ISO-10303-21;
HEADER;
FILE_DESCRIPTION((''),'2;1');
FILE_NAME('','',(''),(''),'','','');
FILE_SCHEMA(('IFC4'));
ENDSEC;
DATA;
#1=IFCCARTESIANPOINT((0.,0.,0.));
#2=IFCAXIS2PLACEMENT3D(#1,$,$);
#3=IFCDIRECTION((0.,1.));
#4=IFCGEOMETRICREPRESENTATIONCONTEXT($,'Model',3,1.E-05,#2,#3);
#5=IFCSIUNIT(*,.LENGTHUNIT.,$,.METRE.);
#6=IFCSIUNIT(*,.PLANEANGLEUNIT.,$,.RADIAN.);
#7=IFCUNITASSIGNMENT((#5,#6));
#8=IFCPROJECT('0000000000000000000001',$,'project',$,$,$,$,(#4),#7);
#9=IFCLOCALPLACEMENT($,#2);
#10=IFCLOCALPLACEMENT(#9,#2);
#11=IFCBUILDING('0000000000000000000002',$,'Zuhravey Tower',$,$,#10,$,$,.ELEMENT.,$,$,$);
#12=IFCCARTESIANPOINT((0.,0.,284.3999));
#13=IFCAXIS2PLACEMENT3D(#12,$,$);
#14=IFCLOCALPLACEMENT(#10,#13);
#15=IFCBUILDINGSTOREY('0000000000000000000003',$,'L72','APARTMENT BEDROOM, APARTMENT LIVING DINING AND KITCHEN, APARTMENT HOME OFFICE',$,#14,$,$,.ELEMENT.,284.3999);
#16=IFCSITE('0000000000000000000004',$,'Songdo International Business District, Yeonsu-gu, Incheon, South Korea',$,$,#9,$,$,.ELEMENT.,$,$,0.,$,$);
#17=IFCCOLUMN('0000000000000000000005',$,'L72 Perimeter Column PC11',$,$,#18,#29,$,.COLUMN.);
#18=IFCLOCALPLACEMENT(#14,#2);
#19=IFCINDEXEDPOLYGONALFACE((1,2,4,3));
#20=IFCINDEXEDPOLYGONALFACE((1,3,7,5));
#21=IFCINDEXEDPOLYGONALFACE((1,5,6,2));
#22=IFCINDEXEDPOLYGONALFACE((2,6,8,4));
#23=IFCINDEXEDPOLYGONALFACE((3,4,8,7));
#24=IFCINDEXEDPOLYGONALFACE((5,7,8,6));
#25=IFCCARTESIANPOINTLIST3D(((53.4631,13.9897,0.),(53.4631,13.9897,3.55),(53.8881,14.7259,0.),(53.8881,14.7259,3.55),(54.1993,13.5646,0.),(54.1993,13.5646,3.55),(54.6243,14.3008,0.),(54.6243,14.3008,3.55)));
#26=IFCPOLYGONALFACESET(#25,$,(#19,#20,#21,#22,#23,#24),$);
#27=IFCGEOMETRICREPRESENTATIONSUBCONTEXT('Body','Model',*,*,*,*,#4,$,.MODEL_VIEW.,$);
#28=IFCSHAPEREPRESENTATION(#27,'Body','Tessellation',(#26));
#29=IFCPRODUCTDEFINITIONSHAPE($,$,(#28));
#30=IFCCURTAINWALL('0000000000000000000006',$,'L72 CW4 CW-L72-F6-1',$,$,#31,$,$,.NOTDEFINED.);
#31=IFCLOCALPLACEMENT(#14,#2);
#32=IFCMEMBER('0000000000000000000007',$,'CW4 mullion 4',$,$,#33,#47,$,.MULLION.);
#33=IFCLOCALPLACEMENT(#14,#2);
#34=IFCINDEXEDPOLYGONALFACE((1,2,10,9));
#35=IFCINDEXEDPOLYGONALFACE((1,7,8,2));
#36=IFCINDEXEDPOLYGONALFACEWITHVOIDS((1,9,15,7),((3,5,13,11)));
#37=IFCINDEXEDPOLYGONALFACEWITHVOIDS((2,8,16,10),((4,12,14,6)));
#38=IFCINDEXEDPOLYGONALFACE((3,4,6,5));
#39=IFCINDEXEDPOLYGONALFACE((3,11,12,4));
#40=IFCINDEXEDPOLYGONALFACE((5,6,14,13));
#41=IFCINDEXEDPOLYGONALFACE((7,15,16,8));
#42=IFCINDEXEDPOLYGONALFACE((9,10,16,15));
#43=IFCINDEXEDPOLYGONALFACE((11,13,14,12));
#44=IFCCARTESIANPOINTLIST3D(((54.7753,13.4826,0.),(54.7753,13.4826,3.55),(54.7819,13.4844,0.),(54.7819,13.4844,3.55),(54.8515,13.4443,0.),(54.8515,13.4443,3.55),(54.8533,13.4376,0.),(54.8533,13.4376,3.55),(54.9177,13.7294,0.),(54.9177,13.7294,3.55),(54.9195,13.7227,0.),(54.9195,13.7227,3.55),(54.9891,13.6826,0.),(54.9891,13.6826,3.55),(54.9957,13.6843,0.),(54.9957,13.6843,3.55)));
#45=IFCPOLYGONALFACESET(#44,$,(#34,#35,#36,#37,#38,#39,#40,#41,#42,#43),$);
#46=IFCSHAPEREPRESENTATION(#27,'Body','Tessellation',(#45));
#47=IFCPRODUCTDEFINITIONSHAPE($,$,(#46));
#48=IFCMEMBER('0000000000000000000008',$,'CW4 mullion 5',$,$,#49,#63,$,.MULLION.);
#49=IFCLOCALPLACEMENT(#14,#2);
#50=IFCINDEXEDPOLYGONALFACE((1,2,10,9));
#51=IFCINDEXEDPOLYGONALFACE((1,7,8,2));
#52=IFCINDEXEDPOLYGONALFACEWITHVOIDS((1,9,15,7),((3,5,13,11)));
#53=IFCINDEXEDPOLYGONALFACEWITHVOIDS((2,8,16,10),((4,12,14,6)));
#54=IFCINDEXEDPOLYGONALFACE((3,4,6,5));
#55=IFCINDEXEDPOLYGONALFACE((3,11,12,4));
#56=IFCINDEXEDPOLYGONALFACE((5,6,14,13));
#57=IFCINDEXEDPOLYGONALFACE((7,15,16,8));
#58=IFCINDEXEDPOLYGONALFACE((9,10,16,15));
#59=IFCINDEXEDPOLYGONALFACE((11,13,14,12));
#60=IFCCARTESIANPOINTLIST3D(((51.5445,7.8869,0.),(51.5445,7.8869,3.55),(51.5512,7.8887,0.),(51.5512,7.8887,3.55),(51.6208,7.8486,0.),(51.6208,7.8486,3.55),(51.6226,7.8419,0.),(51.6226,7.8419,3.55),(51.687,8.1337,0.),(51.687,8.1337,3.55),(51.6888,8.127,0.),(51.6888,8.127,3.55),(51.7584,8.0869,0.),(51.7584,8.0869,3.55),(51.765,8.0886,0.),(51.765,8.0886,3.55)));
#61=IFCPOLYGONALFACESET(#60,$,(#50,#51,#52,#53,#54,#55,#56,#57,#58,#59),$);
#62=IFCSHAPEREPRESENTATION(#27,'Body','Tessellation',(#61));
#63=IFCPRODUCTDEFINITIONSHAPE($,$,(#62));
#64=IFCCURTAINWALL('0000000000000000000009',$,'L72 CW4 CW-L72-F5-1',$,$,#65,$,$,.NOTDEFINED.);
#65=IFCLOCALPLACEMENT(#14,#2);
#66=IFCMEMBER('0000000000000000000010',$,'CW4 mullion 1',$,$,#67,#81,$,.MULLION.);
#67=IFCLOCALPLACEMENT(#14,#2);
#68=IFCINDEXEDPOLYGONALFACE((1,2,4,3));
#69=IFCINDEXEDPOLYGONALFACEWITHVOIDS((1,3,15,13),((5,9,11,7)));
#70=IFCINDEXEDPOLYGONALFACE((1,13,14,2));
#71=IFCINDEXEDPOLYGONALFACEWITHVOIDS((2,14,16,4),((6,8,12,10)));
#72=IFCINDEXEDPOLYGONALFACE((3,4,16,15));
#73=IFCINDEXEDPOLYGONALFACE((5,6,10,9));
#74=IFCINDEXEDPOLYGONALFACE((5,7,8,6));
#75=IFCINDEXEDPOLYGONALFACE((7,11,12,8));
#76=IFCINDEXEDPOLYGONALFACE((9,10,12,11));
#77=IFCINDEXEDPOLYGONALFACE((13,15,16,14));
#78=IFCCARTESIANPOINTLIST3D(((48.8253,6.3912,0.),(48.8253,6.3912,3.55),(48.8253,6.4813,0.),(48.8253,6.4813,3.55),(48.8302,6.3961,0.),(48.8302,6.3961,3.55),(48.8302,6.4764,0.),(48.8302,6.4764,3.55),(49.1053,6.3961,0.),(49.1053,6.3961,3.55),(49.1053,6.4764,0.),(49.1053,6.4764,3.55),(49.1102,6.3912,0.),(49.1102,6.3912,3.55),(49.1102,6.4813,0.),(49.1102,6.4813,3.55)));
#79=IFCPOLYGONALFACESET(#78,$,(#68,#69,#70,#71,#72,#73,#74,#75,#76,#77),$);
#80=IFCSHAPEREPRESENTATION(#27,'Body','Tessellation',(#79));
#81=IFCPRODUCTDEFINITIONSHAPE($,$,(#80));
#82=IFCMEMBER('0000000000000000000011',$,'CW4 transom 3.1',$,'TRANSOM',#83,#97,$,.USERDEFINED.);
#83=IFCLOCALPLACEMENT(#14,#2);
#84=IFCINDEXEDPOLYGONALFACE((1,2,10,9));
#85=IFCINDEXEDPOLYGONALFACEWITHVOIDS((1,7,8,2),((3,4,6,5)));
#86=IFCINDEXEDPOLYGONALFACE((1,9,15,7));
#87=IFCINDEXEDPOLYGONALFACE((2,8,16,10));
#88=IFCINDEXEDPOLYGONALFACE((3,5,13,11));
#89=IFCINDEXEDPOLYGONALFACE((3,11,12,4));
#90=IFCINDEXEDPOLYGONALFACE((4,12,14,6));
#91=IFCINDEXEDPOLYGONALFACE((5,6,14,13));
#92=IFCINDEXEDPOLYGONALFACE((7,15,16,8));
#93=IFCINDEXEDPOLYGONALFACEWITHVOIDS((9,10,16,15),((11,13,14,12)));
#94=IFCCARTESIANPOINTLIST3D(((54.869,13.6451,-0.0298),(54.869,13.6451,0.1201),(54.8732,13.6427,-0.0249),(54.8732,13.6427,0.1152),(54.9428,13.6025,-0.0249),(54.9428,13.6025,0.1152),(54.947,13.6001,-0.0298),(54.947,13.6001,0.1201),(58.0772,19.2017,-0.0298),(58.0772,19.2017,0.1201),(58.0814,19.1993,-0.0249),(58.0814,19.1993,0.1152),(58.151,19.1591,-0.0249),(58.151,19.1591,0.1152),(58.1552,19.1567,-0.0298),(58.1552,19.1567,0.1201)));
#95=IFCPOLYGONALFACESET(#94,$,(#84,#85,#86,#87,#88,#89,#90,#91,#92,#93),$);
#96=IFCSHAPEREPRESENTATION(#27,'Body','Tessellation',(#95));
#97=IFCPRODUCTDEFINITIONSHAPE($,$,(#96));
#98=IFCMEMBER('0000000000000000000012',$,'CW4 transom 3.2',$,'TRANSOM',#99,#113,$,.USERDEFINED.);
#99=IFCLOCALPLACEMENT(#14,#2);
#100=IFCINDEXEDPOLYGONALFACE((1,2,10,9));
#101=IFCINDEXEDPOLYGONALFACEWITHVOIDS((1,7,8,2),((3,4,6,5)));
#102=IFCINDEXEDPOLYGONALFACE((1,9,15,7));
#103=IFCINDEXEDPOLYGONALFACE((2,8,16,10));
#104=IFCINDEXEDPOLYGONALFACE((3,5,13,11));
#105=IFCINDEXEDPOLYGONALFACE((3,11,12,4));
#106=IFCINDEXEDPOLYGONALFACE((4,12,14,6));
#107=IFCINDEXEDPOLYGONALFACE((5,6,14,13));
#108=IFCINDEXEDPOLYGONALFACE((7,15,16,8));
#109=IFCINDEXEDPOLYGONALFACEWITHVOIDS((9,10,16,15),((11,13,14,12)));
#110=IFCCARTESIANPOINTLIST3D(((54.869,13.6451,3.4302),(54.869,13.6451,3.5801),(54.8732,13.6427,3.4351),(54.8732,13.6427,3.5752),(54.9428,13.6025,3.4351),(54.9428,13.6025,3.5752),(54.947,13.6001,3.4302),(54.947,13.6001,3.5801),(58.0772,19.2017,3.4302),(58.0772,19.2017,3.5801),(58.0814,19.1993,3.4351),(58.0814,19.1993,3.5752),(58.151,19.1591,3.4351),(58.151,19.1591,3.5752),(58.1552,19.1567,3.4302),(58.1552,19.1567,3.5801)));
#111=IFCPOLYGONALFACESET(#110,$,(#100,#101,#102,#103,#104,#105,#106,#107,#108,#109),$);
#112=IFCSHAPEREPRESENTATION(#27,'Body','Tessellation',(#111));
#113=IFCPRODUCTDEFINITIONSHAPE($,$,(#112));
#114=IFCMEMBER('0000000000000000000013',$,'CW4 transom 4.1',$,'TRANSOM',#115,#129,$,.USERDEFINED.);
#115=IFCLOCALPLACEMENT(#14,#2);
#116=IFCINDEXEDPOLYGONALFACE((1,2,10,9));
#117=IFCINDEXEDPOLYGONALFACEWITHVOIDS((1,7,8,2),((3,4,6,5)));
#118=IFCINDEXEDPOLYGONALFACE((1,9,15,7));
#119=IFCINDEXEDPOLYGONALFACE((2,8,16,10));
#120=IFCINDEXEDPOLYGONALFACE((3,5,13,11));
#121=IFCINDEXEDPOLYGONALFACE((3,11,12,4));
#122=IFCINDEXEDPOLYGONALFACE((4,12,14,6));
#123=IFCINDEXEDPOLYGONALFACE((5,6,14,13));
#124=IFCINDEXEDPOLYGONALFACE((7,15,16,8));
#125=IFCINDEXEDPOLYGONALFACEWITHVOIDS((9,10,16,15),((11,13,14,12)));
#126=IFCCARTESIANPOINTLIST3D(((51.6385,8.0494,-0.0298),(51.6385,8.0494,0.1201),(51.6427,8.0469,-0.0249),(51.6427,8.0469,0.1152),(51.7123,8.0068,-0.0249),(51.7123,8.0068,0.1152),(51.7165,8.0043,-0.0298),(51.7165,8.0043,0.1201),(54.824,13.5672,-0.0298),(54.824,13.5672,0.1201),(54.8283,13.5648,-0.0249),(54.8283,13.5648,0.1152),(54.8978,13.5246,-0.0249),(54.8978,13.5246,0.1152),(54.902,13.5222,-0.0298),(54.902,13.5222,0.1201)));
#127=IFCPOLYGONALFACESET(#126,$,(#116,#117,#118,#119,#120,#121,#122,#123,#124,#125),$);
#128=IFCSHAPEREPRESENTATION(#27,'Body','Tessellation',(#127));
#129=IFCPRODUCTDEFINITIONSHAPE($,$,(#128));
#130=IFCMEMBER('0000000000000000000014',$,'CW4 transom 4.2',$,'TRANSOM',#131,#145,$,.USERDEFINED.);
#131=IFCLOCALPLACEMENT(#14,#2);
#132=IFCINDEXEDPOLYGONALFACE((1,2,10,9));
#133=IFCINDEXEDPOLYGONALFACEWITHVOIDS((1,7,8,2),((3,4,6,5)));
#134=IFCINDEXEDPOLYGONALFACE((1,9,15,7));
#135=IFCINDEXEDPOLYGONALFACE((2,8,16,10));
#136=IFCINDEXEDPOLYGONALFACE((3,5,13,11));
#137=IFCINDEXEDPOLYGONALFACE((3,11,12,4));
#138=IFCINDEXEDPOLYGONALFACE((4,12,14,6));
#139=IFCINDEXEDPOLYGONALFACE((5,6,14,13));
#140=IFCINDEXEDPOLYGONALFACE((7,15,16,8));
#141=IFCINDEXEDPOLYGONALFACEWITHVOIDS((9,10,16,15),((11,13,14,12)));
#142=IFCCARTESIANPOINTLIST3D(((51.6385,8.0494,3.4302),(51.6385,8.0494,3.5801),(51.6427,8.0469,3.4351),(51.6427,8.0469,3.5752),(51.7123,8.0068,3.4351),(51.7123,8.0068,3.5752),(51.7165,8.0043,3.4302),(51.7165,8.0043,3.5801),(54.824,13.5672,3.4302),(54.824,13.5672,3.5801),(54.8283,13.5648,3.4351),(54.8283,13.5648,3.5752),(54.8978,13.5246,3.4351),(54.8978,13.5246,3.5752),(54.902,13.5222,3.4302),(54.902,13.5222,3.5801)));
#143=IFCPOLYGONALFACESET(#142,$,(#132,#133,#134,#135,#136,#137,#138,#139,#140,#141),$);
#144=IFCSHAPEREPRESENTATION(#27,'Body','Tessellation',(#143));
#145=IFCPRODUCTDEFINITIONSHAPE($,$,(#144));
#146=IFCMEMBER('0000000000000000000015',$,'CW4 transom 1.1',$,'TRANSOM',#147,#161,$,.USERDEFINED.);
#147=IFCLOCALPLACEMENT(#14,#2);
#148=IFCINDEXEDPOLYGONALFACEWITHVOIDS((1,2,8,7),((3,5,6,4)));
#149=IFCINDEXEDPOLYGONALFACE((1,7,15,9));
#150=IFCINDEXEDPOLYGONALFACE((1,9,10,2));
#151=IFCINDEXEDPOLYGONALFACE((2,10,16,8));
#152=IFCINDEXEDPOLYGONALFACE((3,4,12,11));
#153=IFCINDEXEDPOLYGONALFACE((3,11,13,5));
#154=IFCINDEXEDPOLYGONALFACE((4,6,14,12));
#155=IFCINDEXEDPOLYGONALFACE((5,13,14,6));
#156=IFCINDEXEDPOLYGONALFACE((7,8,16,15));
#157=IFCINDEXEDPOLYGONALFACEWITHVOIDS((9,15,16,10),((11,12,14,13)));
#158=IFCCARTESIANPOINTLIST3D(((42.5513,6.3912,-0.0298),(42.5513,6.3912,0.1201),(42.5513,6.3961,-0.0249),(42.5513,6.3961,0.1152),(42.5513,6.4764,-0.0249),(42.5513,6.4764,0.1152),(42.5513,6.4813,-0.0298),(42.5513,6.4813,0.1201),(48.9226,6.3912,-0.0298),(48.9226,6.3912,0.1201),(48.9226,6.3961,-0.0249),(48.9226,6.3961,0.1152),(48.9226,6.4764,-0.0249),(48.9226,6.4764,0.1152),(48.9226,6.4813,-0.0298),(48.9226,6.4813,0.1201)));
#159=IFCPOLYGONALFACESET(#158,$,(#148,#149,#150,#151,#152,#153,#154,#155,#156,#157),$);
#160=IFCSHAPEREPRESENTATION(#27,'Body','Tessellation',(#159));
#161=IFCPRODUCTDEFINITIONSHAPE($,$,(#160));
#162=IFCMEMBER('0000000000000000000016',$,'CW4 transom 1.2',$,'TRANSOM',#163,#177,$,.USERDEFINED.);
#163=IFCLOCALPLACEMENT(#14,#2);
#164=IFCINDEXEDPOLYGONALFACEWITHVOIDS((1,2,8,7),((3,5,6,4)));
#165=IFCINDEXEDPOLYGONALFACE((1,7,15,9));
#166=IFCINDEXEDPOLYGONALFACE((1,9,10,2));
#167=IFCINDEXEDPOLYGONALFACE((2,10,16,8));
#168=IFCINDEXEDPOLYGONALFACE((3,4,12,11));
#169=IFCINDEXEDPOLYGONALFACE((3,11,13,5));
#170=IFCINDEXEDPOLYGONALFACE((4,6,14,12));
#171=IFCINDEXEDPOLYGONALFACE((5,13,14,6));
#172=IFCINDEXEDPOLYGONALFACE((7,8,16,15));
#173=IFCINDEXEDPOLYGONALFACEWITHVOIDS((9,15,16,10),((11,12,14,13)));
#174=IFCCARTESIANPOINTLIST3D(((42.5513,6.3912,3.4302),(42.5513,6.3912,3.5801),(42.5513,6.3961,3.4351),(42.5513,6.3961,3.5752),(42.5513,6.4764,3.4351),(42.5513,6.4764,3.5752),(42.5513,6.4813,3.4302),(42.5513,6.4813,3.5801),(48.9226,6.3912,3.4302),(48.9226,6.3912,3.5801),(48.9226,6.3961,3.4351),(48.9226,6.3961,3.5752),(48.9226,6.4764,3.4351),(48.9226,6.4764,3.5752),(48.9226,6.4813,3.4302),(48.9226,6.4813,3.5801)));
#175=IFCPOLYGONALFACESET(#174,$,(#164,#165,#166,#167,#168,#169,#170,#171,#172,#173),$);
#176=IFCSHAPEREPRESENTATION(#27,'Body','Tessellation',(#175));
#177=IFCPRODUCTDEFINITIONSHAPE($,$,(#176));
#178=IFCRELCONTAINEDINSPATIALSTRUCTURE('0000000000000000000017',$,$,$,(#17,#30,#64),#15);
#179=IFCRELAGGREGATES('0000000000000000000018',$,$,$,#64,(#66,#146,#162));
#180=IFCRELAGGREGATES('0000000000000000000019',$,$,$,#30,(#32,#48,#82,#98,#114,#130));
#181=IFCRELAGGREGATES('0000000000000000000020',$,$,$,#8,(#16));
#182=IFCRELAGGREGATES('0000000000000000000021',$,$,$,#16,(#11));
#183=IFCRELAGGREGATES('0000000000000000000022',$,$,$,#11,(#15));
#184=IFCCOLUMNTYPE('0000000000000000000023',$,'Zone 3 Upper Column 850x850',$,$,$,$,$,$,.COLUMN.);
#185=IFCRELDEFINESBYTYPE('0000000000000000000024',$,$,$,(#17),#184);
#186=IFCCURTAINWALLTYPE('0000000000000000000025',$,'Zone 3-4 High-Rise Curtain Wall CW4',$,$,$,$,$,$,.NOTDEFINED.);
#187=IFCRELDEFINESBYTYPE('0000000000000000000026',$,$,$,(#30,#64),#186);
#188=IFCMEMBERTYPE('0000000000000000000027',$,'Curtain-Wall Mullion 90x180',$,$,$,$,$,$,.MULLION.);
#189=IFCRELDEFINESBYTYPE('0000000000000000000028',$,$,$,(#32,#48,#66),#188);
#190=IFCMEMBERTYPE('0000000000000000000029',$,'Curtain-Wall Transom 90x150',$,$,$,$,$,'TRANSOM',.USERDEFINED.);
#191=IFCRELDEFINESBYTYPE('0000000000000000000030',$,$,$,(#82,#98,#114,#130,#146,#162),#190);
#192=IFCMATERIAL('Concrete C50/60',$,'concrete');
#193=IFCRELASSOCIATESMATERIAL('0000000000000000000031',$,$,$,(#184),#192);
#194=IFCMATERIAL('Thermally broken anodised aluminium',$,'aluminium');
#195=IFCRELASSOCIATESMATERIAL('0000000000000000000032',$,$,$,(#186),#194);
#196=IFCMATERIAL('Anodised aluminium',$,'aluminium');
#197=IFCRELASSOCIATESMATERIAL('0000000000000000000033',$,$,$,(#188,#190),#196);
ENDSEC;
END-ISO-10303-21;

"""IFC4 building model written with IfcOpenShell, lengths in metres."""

from ifc_helpers import new_model, si_unit, direction, frame, origin, origin_2d, place, context, subcontext, project, spatial, rectangle, hollow_rectangle, extrude, material, material_profile, profile_set, type_object, element, aggregate, save


model = new_model("IFC4")

# Units and contexts
model_context = context("Model", 3, precision=1e-05, world=origin(), true_north=direction((0.0, 1.0)))
body_context = subcontext(model_context, "Body", "Model", "MODEL_VIEW")
ifc_project = project(units=[si_unit("LENGTHUNIT", "METRE"), si_unit("PLANEANGLEUNIT", "RADIAN")], contexts=[model_context])

# Site, building, storey
site_placement = place(None, origin())
site = spatial("IfcSite", under=ifc_project, at=site_placement, Name="Songdo International Business District, Yeonsu-gu, Incheon, South Korea", CompositionType="ELEMENT", RefElevation=0.0)
building_placement = place(site_placement, origin())
building = spatial("IfcBuilding", under=site, at=building_placement, Name="Zuhravey Tower", CompositionType="ELEMENT")
storey_placement = place(building_placement, frame((0.0, 0.0, 284.3999)))
storey = spatial("IfcBuildingStorey", under=building, at=storey_placement, Name="L72", Description="APARTMENT BEDROOM, APARTMENT LIVING DINING AND KITCHEN, APARTMENT HOME OFFICE", CompositionType="ELEMENT", Elevation=284.3999)

# Column
ifc_material_1 = material(Name="Concrete C50/60", Category="concrete")
ifc_material_profile_1 = material_profile(ifc_material_1, rectangle(XDim=0.8501, YDim=0.8501, at=origin_2d()), Name="RC-850x850")
ifc_profile_set_1 = profile_set([ifc_material_profile_1], Name="Concrete C50/60")
column_type = type_object("IfcColumnType", Name="Zone 3 Upper Column 850x850", PredefinedType="COLUMN", material=ifc_profile_set_1)
column_placement = place(storey_placement, frame((54.0437, 14.1453, 0.0), z_axis=(0.0, 0.0, 1.0), x_axis=(0.5, 0.866025, 0.0)))
element("IfcColumn", 1, at=column_placement, inside=storey, type_object=column_type, Name="L72 Perimeter Column PC11", PredefinedType="COLUMN", context=body_context, shape_type="SweptSolid", body=[
    extrude(rectangle(XDim=0.8501, YDim=0.8501, at=origin_2d()), origin(), (0.0, 0.0, 1.0), 3.55),
])

# Curtain wall, members
ifc_material_2 = material(Name="Thermally broken anodised aluminium", Category="aluminium")
curtain_wall_type = type_object("IfcCurtainWallType", Name="Zone 3-4 High-Rise Curtain Wall CW4", PredefinedType="NOTDEFINED", material=ifc_material_2)
curtain_wall_1_placement = place(storey_placement, origin())
curtain_wall_1 = element("IfcCurtainWall", 2, at=curtain_wall_1_placement, inside=storey, type_object=curtain_wall_type, Name="L72 CW4 CW-L72-F6-1", PredefinedType="NOTDEFINED")
ifc_material_3 = material(Name="Anodised aluminium", Category="aluminium")
ifc_material_profile_2 = material_profile(ifc_material_3, hollow_rectangle(XDim=0.0901, YDim=0.2849, WallThickness=0.0049, at=origin_2d()), Name="ALU-RHS-90x285x5")
ifc_profile_set_2 = profile_set([ifc_material_profile_2], Name="Anodised aluminium")
member_type_1 = type_object("IfcMemberType", Name="Curtain-Wall Mullion 90x180", PredefinedType="MULLION", material=ifc_profile_set_2)
member_1_placement = place(storey_placement, frame((54.8855, 13.5835, 0.0), z_axis=(0.0, 0.0, 1.0), x_axis=(0.866025, -0.500001, 0.0)))
member_1 = element("IfcMember", 3, at=member_1_placement, type_object=member_type_1, Name="CW4 mullion 4", PredefinedType="MULLION", context=body_context, shape_type="SweptSolid", body=[
    extrude(hollow_rectangle(XDim=0.0901, YDim=0.2849, WallThickness=0.0049, at=origin_2d()), origin(), (0.0, 0.0, 1.0), 3.55),
])
member_2_placement = place(storey_placement, frame((51.6548, 7.9878, 0.0), z_axis=(0.0, 0.0, 1.0), x_axis=(0.866025, -0.500001, 0.0)))
member_2 = element("IfcMember", 4, at=member_2_placement, type_object=member_type_1, Name="CW4 mullion 5", PredefinedType="MULLION", context=body_context, shape_type="SweptSolid", body=[
    extrude(hollow_rectangle(XDim=0.0901, YDim=0.2849, WallThickness=0.0049, at=origin_2d()), origin(), (0.0, 0.0, 1.0), 3.55),
])

# Curtain wall, member
curtain_wall_2_placement = place(storey_placement, origin())
curtain_wall_2 = element("IfcCurtainWall", 5, at=curtain_wall_2_placement, inside=storey, type_object=curtain_wall_type, Name="L72 CW4 CW-L72-F5-1", PredefinedType="NOTDEFINED")
member_3_placement = place(storey_placement, frame((48.9678, 6.4363, 0.0), z_axis=(0.0, 0.0, 1.0), x_axis=(0.0, -1.0, 0.0)))
member_3 = element("IfcMember", 6, at=member_3_placement, type_object=member_type_1, Name="CW4 mullion 1", PredefinedType="MULLION", context=body_context, shape_type="SweptSolid", body=[
    extrude(hollow_rectangle(XDim=0.0901, YDim=0.2849, WallThickness=0.0049, at=origin_2d()), origin(), (0.0, 0.0, 1.0), 3.55),
])

# Members
ifc_material_profile_3 = material_profile(ifc_material_3, hollow_rectangle(XDim=0.0901, YDim=0.1499, WallThickness=0.0049, at=origin_2d()), Name="ALU-RHS-90x150x5")
ifc_profile_set_3 = profile_set([ifc_material_profile_3], Name="Anodised aluminium")
member_type_2 = type_object("IfcMemberType", Name="Curtain-Wall Transom 90x150", ElementType="TRANSOM", PredefinedType="USERDEFINED", material=ifc_profile_set_3)
member_4_placement = place(storey_placement, frame((58.1162, 19.1792, 0.0452), z_axis=(-0.500014, -0.866017, 0.0), x_axis=(0.866017, -0.500014, 0.0)))
member_4 = element("IfcMember", 7, at=member_4_placement, type_object=member_type_2, Name="CW4 transom 3.1", ObjectType="TRANSOM", PredefinedType="USERDEFINED", context=body_context, shape_type="SweptSolid", body=[
    extrude(hollow_rectangle(XDim=0.0901, YDim=0.1499, WallThickness=0.0049, at=origin_2d()), origin(), (0.0, 0.0, 1.0), 6.4163),
])
member_5_placement = place(storey_placement, frame((58.1162, 19.1792, 3.5051), z_axis=(-0.500014, -0.866017, 0.0), x_axis=(0.866017, -0.500014, 0.0)))
member_5 = element("IfcMember", 8, at=member_5_placement, type_object=member_type_2, Name="CW4 transom 3.2", ObjectType="TRANSOM", PredefinedType="USERDEFINED", context=body_context, shape_type="SweptSolid", body=[
    extrude(hollow_rectangle(XDim=0.0901, YDim=0.1499, WallThickness=0.0049, at=origin_2d()), origin(), (0.0, 0.0, 1.0), 6.4163),
])
member_6_placement = place(storey_placement, frame((54.863, 13.5447, 0.0452), z_axis=(-0.49998, -0.866037, 0.0), x_axis=(0.866037, -0.49998, 0.0)))
member_6 = element("IfcMember", 9, at=member_6_placement, type_object=member_type_2, Name="CW4 transom 4.1", ObjectType="TRANSOM", PredefinedType="USERDEFINED", context=body_context, shape_type="SweptSolid", body=[
    extrude(hollow_rectangle(XDim=0.0901, YDim=0.1499, WallThickness=0.0049, at=origin_2d()), origin(), (0.0, 0.0, 1.0), 6.3713),
])
member_7_placement = place(storey_placement, frame((54.863, 13.5447, 3.5051), z_axis=(-0.49998, -0.866037, 0.0), x_axis=(0.866037, -0.49998, 0.0)))
member_7 = element("IfcMember", 10, at=member_7_placement, type_object=member_type_2, Name="CW4 transom 4.2", ObjectType="TRANSOM", PredefinedType="USERDEFINED", context=body_context, shape_type="SweptSolid", body=[
    extrude(hollow_rectangle(XDim=0.0901, YDim=0.1499, WallThickness=0.0049, at=origin_2d()), origin(), (0.0, 0.0, 1.0), 6.3713),
])
member_8_placement = place(storey_placement, frame((48.9226, 6.4363, 0.0452), z_axis=(-1.0, 0.0, 0.0), x_axis=(0.0, -1.0, 0.0)))
member_8 = element("IfcMember", 11, at=member_8_placement, type_object=member_type_2, Name="CW4 transom 1.1", ObjectType="TRANSOM", PredefinedType="USERDEFINED", context=body_context, shape_type="SweptSolid", body=[
    extrude(hollow_rectangle(XDim=0.0901, YDim=0.1499, WallThickness=0.0049, at=origin_2d()), origin(), (0.0, 0.0, 1.0), 6.3713),
])
member_9_placement = place(storey_placement, frame((48.9226, 6.4363, 3.5051), z_axis=(-1.0, 0.0, 0.0), x_axis=(0.0, -1.0, 0.0)))
member_9 = element("IfcMember", 12, at=member_9_placement, type_object=member_type_2, Name="CW4 transom 1.2", ObjectType="TRANSOM", PredefinedType="USERDEFINED", context=body_context, shape_type="SweptSolid", body=[
    extrude(hollow_rectangle(XDim=0.0901, YDim=0.1499, WallThickness=0.0049, at=origin_2d()), origin(), (0.0, 0.0, 1.0), 6.3713),
])
aggregate(curtain_wall_2, [member_3, member_8, member_9])

aggregate(curtain_wall_1, [member_1, member_2, member_4, member_5, member_6, member_7])

save(model, "model.ifc")
